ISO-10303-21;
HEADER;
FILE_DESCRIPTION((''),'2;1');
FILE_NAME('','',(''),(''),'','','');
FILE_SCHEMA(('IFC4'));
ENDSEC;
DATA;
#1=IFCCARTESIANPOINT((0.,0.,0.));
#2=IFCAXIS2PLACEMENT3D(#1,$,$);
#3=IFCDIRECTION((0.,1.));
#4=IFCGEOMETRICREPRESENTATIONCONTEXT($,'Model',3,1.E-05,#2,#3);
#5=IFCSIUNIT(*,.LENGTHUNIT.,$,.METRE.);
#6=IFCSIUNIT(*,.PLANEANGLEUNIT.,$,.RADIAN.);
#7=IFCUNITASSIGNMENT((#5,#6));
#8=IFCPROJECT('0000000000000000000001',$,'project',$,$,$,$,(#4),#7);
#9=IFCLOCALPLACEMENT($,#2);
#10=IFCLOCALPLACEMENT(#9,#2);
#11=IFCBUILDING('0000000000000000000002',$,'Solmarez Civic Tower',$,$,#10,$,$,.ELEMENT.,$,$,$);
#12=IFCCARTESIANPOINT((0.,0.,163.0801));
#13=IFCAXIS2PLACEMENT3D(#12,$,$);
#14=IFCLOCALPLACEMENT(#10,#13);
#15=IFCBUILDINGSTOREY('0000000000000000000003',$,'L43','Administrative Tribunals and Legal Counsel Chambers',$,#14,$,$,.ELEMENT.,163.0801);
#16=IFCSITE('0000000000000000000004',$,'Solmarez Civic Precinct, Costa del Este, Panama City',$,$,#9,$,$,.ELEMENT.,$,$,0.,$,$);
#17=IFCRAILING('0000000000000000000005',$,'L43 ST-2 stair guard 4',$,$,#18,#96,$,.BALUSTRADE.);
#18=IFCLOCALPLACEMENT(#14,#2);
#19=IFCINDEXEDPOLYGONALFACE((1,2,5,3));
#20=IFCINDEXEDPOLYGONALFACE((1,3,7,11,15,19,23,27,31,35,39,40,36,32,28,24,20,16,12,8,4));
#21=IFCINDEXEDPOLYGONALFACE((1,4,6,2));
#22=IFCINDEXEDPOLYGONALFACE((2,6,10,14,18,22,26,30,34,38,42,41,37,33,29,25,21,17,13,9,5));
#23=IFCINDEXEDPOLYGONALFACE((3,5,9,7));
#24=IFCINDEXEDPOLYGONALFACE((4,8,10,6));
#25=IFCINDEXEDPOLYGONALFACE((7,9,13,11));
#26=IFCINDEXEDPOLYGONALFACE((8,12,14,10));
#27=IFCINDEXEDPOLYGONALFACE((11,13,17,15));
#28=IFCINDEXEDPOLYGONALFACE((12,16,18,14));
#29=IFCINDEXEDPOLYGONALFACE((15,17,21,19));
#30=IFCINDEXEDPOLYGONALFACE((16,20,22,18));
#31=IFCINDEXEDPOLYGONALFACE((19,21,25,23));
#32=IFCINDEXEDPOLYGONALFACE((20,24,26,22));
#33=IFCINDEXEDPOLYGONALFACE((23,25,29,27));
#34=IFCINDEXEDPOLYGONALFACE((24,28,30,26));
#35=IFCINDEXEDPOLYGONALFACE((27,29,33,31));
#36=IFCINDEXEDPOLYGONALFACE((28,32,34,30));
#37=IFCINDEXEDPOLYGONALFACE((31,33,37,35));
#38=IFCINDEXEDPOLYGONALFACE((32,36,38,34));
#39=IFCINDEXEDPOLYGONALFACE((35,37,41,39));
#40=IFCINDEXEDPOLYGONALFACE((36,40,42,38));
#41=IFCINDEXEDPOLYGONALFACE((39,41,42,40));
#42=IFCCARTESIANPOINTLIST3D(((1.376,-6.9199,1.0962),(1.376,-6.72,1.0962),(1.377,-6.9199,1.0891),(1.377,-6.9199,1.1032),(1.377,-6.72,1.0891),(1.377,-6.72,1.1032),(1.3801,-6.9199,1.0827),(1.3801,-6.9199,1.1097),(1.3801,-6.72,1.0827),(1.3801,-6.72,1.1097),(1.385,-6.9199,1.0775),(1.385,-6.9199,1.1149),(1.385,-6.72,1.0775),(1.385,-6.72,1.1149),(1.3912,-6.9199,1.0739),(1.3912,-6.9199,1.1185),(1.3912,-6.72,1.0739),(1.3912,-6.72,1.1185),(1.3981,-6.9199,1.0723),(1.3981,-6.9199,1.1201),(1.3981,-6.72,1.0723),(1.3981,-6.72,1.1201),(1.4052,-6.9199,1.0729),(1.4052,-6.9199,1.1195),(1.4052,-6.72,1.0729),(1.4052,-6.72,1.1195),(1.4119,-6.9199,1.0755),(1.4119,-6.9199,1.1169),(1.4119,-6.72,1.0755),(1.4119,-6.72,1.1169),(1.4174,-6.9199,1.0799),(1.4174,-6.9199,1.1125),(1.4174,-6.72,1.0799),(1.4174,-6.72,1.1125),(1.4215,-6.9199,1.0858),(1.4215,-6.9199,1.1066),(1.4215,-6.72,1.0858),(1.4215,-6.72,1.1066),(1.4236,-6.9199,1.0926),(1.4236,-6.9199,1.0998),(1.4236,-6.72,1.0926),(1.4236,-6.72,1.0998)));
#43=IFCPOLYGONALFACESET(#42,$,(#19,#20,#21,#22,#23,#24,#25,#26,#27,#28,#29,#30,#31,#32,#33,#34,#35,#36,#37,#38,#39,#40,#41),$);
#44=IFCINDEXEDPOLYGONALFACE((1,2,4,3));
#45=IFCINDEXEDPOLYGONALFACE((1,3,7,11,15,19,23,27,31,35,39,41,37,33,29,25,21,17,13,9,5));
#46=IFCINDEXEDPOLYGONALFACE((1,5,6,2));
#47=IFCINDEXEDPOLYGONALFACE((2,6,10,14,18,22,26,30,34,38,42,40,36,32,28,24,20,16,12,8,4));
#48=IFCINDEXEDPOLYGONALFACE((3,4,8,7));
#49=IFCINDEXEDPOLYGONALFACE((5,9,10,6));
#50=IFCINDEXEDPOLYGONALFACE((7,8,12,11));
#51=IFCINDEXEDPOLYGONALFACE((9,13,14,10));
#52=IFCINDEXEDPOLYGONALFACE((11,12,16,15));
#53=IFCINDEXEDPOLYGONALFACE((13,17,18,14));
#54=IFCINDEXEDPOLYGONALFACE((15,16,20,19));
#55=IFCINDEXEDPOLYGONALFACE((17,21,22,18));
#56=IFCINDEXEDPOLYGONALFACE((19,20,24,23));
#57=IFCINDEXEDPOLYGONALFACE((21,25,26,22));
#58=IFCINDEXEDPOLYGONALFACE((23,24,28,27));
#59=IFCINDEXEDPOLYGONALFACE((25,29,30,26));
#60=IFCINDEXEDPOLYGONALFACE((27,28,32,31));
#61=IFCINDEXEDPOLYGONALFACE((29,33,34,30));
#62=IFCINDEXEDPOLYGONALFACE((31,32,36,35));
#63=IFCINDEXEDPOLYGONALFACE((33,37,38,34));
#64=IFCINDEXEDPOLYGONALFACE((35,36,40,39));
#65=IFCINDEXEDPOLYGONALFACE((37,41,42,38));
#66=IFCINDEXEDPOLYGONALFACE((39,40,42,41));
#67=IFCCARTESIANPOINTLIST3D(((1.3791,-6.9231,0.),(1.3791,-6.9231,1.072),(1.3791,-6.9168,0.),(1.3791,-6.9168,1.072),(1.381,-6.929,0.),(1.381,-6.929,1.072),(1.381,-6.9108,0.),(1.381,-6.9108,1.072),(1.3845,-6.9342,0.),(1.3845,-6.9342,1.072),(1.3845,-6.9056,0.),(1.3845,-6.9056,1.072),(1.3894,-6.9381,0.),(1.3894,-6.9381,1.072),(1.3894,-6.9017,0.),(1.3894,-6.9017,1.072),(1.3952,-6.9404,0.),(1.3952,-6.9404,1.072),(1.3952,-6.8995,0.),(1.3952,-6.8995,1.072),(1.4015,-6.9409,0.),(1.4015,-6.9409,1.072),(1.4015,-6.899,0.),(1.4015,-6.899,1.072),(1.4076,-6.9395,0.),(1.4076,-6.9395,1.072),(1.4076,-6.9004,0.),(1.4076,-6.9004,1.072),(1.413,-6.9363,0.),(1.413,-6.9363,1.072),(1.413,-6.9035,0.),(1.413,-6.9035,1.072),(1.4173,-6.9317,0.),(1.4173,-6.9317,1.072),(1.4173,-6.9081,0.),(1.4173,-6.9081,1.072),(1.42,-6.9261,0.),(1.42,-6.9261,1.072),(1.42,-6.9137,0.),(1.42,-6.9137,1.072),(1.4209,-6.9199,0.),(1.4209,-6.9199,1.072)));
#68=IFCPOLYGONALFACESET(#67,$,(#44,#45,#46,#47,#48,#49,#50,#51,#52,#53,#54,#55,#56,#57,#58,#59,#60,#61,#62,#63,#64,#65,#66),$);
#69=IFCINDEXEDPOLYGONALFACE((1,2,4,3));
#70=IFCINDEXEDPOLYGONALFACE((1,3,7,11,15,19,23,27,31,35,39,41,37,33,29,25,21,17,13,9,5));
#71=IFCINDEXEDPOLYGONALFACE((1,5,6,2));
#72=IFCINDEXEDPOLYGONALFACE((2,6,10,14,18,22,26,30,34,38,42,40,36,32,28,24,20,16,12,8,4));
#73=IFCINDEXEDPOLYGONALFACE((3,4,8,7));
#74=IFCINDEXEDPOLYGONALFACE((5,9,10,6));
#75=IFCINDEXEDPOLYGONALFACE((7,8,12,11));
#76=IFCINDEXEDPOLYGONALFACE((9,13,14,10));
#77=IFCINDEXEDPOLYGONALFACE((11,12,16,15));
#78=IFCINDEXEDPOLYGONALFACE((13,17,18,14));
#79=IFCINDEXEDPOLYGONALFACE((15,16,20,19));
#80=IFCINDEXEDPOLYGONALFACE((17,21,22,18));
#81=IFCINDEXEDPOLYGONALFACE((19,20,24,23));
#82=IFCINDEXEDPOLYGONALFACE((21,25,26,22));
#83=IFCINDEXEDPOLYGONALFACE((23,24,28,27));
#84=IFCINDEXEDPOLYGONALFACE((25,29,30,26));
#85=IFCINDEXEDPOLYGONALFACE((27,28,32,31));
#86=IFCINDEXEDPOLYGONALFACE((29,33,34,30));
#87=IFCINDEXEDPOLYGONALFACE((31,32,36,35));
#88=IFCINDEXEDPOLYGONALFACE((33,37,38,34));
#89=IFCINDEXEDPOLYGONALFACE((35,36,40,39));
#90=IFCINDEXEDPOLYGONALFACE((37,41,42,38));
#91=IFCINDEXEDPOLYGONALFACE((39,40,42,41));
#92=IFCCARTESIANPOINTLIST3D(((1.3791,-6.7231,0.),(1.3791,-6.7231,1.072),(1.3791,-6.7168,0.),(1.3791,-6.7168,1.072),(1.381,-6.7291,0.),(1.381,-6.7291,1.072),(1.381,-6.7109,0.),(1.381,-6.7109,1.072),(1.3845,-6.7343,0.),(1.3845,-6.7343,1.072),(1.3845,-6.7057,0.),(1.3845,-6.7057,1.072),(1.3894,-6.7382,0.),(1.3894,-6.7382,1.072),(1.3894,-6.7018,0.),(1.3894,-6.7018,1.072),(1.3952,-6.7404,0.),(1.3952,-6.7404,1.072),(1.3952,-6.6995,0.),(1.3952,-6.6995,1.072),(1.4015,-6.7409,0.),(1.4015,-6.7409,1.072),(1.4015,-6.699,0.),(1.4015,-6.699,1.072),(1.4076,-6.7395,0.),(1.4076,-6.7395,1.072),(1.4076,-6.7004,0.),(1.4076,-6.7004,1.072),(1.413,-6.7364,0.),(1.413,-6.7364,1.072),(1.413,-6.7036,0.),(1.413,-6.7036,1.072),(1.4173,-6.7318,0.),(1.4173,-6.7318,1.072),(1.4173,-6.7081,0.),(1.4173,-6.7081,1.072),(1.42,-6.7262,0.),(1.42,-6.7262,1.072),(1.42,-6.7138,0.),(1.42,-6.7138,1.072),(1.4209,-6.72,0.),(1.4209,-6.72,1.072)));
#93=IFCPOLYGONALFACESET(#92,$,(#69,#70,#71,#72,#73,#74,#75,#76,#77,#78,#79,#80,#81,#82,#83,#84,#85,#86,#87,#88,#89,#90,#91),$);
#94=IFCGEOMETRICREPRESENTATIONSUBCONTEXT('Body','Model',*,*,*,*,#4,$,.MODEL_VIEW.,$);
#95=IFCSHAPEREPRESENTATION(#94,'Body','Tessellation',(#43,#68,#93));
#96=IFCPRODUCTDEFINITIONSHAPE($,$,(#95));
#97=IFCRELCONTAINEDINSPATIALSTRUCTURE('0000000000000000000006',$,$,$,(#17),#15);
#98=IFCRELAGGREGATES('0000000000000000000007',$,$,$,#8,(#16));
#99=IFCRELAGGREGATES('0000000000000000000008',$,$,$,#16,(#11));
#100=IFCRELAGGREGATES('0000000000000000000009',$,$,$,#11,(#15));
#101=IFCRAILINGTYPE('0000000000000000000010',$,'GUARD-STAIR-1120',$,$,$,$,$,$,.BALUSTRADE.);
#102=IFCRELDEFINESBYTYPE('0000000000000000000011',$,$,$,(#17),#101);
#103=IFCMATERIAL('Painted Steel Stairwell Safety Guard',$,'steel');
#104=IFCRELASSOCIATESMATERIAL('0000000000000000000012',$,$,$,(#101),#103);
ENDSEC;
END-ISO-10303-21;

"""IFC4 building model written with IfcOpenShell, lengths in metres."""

from ifc_helpers import new_model, si_unit, direction, frame, origin, origin_2d, place, context, subcontext, project, spatial, circle, extrude, material, type_object, element, save


model = new_model("IFC4")

# Units and contexts
model_context = context("Model", 3, precision=1e-05, world=origin(), true_north=direction((0.0, 1.0)))
body_context = subcontext(model_context, "Body", "Model", "MODEL_VIEW")
ifc_project = project(units=[si_unit("LENGTHUNIT", "METRE"), si_unit("PLANEANGLEUNIT", "RADIAN")], contexts=[model_context])

# Site, building, storey
site_placement = place(None, origin())
site = spatial("IfcSite", under=ifc_project, at=site_placement, Name="Solmarez Civic Precinct, Costa del Este, Panama City", CompositionType="ELEMENT", RefElevation=0.0)
building_placement = place(site_placement, origin())
building = spatial("IfcBuilding", under=site, at=building_placement, Name="Solmarez Civic Tower", CompositionType="ELEMENT")
storey_placement = place(building_placement, frame((0.0, 0.0, 163.0801)))
storey = spatial("IfcBuildingStorey", under=building, at=storey_placement, Name="L43", Description="Administrative Tribunals and Legal Counsel Chambers", CompositionType="ELEMENT", Elevation=163.0801)

# Railing
ifc_material_1 = material(Name="Painted Steel Stairwell Safety Guard", Category="steel")
railing_type_1 = type_object("IfcRailingType", Name="GUARD-STAIR-1120", PredefinedType="BALUSTRADE", material=ifc_material_1)
railing_1_placement = place(storey_placement, frame((1.3999, -6.9199, 0.0)))
element("IfcRailing", 1, at=railing_1_placement, inside=storey, type_object=railing_type_1, Name="L43 ST-2 stair guard 4", PredefinedType="BALUSTRADE", context=body_context, shape_type="SweptSolid", body=[
    extrude(circle(Radius=0.0239, at=origin_2d()), frame((0.0, 0.0, 1.0962), z_axis=(0.0, 1.0, 0.0), x_axis=(-1.0, 0.0, 0.0)), (0.0, 0.0, 1.0), 0.2),
    extrude(circle(Radius=0.021, at=origin_2d()), origin(), (0.0, 0.0, 1.0), 1.072),
    extrude(circle(Radius=0.021, at=origin_2d()), frame((0.0, 0.2, 0.0)), (0.0, 0.0, 1.0), 1.072),
])

save(model, "model.ifc")
